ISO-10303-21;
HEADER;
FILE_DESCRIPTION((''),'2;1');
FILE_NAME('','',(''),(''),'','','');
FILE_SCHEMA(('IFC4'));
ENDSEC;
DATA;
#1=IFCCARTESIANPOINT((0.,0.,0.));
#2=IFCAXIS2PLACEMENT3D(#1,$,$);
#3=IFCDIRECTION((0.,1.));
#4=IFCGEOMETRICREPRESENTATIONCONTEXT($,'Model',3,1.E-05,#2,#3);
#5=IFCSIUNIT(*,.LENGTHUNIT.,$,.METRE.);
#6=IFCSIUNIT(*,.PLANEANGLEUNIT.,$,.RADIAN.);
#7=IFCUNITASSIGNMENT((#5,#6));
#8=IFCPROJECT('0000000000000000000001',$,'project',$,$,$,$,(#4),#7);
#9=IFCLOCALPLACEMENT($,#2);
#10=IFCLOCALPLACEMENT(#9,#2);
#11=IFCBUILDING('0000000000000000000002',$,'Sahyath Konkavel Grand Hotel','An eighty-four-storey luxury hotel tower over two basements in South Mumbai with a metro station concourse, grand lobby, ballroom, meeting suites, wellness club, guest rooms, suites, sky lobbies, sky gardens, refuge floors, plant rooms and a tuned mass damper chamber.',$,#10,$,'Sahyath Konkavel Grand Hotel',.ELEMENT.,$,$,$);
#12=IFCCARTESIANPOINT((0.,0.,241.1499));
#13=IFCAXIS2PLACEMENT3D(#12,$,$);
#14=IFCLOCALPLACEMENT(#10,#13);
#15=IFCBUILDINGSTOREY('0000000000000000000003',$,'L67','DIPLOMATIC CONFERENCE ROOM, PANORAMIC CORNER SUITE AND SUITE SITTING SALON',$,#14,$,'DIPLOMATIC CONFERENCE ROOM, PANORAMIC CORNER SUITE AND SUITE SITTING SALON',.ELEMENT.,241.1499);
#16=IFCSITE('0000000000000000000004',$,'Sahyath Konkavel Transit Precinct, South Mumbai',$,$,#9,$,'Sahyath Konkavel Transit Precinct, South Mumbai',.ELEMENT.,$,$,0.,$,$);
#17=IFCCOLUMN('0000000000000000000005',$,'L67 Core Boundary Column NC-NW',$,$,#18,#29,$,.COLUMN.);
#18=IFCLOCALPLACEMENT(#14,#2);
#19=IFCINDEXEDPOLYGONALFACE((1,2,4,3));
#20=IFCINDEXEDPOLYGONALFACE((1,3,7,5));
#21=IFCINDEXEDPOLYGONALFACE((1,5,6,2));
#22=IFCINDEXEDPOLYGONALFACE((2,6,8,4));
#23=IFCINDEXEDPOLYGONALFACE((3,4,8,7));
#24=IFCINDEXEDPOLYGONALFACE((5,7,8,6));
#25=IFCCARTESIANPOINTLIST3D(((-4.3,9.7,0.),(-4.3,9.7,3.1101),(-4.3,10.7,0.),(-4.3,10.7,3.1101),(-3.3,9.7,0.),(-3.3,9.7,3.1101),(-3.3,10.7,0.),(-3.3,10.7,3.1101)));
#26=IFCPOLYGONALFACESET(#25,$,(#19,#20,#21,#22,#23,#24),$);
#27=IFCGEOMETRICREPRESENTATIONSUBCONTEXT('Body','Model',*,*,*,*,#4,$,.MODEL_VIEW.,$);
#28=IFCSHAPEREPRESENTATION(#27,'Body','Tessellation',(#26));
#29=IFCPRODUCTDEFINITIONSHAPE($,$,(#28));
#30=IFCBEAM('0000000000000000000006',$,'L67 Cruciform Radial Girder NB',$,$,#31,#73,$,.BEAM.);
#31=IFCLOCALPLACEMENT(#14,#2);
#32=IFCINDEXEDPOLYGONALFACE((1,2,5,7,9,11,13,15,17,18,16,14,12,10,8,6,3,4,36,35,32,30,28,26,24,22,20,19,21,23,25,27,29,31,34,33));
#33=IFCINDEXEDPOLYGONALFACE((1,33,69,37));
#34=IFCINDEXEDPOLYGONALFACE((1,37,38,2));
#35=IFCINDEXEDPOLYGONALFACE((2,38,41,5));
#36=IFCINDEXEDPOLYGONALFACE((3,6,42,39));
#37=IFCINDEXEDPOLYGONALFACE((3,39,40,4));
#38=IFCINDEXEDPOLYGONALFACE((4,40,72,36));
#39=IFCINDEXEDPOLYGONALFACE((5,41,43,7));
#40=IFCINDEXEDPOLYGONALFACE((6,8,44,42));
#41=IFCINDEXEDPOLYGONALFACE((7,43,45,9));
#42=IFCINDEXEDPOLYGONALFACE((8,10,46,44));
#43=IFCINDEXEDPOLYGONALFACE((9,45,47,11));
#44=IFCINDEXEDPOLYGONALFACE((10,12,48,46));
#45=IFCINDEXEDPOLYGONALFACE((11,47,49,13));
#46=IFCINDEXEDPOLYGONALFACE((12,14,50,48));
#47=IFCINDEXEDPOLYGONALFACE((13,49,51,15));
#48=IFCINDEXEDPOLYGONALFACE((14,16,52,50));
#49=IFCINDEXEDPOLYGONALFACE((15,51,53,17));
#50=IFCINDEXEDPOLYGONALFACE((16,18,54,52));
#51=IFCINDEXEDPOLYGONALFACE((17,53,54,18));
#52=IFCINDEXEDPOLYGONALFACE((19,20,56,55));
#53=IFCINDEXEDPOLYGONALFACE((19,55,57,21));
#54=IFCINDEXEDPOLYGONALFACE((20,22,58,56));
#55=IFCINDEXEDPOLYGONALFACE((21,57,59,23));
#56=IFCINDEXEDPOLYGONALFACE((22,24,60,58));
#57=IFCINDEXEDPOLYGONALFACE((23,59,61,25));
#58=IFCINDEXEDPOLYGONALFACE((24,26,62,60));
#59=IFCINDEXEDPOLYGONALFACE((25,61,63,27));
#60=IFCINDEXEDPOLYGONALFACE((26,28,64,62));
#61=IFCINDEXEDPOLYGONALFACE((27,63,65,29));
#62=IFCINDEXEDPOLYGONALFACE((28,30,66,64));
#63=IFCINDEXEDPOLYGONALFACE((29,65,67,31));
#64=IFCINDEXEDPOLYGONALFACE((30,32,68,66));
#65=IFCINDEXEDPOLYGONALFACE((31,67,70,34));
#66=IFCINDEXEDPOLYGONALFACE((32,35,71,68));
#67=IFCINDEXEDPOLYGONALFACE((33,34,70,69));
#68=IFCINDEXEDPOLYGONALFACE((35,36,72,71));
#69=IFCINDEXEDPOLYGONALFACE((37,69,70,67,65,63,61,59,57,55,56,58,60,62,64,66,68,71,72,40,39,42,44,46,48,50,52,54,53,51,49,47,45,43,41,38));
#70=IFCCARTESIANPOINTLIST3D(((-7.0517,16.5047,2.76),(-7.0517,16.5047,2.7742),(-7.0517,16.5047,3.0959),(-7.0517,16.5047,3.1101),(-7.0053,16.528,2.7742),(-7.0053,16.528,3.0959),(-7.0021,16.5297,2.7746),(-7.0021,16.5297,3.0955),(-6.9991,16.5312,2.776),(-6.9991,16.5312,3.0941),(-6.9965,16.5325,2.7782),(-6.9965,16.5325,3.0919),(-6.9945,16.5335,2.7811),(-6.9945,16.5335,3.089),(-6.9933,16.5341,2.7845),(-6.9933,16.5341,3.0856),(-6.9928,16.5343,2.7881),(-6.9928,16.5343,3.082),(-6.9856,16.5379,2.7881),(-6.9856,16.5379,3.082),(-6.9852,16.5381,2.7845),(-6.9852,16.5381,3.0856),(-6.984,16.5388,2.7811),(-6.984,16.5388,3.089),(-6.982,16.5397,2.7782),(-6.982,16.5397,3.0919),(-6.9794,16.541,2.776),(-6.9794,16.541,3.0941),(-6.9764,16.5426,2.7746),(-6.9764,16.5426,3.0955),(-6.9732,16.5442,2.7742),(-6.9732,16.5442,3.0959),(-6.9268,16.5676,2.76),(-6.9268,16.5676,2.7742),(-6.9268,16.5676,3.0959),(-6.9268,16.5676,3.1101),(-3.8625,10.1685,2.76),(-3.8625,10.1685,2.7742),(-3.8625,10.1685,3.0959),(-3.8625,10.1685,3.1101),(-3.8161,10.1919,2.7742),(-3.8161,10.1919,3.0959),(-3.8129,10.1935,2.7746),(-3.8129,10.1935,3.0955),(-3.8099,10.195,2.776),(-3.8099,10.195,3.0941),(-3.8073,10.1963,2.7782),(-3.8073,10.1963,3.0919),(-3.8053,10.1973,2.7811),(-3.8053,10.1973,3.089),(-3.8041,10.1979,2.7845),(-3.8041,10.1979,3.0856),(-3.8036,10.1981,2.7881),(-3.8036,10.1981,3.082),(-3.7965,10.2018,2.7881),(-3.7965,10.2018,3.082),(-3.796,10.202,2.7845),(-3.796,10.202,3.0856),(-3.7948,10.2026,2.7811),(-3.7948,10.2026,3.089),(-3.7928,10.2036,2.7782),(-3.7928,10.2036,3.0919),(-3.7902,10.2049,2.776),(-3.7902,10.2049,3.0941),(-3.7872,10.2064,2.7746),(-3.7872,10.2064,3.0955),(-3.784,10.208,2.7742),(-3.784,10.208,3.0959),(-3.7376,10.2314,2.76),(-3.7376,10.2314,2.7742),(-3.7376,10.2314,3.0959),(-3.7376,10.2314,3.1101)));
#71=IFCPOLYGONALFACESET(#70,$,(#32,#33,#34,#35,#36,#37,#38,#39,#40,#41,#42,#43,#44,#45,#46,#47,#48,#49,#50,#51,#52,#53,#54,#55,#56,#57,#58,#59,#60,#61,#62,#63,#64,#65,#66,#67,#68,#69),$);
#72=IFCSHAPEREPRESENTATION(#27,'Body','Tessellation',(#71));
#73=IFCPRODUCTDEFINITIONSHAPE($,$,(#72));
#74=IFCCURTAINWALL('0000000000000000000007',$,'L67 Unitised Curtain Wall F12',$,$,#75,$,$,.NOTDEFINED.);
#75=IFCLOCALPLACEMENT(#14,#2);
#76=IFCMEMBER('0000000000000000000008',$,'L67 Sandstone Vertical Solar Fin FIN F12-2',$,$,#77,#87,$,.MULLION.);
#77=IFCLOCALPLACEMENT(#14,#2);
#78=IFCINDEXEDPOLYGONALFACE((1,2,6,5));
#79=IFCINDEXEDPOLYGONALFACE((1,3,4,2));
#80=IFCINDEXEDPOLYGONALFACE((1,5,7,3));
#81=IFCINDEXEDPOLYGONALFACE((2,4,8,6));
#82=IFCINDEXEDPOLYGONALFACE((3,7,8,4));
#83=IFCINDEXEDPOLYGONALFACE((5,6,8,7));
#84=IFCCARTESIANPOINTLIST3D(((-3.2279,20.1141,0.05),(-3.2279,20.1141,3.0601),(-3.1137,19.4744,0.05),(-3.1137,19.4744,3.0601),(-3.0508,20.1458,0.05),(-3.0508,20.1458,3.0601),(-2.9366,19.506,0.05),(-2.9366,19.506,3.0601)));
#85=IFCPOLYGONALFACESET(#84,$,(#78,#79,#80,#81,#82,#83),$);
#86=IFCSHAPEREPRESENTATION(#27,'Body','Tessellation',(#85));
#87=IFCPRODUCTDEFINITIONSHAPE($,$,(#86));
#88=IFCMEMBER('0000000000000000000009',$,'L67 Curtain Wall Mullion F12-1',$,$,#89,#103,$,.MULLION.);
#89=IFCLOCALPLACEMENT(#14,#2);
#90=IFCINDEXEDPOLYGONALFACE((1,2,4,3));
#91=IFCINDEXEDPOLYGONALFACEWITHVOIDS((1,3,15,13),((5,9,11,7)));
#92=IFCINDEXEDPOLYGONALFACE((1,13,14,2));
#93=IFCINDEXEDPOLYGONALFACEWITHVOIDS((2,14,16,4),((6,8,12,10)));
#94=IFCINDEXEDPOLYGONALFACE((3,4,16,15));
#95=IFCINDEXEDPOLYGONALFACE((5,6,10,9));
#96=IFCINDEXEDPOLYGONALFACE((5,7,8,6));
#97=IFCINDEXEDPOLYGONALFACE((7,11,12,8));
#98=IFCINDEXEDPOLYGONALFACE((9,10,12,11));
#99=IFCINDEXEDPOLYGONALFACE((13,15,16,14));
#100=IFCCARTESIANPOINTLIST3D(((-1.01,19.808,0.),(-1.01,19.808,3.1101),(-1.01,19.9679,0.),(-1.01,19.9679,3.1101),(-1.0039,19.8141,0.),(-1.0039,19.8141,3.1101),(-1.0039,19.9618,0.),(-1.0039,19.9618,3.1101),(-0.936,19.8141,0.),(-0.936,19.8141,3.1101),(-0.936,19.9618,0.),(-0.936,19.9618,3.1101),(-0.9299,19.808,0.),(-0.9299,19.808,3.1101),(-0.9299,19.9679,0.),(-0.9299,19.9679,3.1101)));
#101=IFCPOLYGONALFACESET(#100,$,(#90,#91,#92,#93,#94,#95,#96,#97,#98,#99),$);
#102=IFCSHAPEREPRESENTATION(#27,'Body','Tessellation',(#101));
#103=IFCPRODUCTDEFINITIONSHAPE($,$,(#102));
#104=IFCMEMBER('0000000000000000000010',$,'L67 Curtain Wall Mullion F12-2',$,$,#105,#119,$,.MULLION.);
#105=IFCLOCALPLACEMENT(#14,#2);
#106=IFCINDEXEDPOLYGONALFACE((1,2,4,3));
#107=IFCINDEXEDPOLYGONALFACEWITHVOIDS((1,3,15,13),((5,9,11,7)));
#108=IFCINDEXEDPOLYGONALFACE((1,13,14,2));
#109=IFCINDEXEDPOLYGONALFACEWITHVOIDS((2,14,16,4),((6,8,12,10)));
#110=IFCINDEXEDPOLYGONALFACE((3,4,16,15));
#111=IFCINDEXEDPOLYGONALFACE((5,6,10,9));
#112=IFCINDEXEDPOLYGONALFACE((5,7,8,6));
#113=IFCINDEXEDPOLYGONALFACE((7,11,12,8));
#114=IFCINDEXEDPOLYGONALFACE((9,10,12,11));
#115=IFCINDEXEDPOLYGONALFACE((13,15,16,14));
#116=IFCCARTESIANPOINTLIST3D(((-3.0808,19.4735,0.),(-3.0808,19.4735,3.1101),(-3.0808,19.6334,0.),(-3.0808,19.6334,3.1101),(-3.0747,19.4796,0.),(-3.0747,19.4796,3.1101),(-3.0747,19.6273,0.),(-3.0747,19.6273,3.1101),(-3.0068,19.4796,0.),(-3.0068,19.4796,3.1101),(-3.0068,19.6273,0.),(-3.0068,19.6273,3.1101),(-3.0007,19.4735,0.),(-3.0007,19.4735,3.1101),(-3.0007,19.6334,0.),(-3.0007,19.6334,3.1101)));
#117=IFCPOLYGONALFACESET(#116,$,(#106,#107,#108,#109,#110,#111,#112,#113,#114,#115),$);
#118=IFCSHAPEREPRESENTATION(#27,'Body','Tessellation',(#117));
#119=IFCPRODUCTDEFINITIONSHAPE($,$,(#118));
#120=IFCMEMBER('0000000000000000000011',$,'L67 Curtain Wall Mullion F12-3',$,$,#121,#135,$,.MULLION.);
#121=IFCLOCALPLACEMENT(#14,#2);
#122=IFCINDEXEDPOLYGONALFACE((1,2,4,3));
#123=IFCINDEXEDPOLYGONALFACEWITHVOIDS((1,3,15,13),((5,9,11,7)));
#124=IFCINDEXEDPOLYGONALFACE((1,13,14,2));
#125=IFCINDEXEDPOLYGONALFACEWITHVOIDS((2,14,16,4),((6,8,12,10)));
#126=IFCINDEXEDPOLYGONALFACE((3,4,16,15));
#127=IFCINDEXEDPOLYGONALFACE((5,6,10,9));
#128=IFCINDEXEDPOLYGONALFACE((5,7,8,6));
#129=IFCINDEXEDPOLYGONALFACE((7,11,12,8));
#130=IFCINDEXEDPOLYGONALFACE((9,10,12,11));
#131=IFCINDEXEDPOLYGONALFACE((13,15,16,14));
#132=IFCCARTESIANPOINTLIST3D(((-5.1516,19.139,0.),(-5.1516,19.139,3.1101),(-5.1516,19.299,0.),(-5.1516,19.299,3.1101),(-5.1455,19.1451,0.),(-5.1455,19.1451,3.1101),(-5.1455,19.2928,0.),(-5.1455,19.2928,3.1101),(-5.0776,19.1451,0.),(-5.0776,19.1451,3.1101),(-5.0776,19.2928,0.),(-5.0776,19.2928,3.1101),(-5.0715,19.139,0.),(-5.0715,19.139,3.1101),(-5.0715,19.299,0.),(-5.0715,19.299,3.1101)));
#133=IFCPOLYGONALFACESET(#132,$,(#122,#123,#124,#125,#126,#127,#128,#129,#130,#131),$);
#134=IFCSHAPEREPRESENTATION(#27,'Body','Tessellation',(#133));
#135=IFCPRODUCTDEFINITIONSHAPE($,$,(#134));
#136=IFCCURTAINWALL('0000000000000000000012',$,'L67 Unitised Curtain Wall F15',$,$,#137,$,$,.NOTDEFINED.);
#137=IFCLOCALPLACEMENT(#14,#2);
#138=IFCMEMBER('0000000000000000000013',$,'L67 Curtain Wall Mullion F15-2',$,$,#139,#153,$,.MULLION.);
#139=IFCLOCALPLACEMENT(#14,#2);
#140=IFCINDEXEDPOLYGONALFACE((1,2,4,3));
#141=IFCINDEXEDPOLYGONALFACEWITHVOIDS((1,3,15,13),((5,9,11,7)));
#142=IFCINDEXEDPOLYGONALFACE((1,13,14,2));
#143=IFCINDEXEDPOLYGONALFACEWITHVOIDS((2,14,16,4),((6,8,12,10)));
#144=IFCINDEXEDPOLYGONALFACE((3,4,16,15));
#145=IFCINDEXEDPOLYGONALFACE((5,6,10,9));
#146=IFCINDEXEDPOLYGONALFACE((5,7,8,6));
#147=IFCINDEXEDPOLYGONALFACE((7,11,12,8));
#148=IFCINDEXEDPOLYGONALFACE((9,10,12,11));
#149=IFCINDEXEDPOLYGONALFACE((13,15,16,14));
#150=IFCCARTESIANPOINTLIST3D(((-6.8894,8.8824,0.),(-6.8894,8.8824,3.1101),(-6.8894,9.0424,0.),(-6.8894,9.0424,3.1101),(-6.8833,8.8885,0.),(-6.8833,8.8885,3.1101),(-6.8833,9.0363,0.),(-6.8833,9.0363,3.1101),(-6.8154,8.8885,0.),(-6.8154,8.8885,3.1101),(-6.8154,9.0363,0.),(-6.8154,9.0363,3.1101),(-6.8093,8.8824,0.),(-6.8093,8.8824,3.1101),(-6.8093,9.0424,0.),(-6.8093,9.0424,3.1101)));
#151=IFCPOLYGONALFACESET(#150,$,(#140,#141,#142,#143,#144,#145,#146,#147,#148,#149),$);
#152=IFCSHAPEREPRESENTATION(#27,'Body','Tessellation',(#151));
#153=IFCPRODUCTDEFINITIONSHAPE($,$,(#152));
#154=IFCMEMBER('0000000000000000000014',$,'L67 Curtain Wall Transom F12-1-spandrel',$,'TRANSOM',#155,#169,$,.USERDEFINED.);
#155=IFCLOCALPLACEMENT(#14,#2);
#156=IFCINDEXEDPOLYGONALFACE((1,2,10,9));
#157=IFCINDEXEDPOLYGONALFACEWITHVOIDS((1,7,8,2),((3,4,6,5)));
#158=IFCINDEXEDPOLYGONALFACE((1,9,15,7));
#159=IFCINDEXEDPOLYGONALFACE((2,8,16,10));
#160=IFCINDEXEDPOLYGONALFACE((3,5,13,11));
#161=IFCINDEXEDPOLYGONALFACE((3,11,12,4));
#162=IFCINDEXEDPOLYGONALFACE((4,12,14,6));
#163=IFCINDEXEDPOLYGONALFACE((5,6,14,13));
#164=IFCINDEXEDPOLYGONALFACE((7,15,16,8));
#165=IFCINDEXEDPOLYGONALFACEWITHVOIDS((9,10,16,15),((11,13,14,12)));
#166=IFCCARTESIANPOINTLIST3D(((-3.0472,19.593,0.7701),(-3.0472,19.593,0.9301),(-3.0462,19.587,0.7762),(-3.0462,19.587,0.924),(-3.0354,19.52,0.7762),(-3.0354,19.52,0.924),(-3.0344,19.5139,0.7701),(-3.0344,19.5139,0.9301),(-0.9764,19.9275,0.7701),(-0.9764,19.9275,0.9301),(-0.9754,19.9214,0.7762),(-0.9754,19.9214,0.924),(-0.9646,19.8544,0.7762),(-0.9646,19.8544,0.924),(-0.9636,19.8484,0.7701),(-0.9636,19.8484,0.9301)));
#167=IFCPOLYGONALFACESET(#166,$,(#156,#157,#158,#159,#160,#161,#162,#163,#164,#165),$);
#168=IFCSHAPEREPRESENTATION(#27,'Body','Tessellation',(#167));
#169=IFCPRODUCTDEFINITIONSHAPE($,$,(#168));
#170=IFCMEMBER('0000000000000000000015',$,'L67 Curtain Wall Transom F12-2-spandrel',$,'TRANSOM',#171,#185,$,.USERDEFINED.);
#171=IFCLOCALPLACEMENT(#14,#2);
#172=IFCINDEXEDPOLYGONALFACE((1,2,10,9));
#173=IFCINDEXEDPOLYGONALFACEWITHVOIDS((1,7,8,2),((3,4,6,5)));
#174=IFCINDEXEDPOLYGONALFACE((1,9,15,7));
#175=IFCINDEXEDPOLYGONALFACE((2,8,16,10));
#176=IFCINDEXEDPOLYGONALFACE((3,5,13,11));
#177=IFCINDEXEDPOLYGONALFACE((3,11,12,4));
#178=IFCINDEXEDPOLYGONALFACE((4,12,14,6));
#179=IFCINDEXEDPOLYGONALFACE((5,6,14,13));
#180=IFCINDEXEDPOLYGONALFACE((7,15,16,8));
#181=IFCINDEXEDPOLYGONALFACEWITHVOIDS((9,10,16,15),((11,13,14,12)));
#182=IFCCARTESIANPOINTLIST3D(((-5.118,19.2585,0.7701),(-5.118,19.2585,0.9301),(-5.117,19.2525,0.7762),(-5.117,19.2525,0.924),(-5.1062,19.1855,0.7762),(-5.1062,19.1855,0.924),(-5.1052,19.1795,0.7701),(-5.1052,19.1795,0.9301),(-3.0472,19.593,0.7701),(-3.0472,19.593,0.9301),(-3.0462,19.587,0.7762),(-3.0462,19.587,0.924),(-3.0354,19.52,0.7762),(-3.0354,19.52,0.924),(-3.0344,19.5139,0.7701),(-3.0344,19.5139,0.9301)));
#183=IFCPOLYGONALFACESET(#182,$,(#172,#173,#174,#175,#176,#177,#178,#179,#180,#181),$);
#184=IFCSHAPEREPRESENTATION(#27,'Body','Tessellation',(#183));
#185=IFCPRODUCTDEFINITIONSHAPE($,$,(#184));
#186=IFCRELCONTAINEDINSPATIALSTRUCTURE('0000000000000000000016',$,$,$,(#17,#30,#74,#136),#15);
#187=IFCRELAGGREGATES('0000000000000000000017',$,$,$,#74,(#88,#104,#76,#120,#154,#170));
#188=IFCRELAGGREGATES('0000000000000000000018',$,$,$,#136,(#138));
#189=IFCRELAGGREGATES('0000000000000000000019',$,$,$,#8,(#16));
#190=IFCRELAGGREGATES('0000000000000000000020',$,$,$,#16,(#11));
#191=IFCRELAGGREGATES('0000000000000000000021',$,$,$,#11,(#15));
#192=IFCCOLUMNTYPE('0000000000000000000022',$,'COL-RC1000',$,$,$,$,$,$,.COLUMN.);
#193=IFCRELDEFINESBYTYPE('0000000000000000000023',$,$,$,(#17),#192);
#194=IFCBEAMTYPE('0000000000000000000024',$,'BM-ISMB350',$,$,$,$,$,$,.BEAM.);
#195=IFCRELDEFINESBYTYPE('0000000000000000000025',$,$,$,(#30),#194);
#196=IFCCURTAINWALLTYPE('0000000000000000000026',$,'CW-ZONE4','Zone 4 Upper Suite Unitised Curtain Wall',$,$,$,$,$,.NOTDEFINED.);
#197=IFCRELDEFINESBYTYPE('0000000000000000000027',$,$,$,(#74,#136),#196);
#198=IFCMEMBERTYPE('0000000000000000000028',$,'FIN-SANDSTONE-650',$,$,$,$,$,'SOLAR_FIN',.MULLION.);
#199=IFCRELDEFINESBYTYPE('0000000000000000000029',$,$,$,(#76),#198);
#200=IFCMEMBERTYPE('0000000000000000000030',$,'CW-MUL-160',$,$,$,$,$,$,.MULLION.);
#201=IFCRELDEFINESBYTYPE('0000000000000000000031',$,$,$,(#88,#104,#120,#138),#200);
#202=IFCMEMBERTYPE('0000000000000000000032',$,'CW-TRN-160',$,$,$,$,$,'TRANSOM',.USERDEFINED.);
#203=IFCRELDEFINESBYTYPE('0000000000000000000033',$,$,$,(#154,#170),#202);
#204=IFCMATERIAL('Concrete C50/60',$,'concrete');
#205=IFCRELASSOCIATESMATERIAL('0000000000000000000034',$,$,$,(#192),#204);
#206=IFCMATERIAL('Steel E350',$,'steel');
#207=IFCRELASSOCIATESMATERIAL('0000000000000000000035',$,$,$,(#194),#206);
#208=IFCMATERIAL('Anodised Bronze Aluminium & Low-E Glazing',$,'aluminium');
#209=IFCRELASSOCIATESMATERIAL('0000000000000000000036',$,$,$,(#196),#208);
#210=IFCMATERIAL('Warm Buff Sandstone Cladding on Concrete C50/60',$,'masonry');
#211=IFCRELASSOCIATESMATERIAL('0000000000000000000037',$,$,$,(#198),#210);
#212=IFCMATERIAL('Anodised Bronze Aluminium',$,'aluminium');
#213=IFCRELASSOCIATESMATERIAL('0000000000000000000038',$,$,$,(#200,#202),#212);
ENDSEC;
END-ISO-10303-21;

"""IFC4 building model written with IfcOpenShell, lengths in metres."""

from ifc_helpers import new_model, si_unit, direction, frame, origin, origin_2d, place, context, subcontext, project, spatial, rectangle, hollow_rectangle, i_section, extrude, source, transform, mapped, material, material_profile, profile_set, type_object, element, aggregate, save


model = new_model("IFC4")

# Units and contexts
model_context = context("Model", 3, precision=1e-05, world=origin(), true_north=direction((0.0, 1.0)))
body_context = subcontext(model_context, "Body", "Model", "MODEL_VIEW")
ifc_project = project(units=[si_unit("LENGTHUNIT", "METRE"), si_unit("PLANEANGLEUNIT", "RADIAN")], contexts=[model_context])

# Site, building, storey
site_placement = place(None, origin())
site = spatial("IfcSite", under=ifc_project, at=site_placement, Name="Sahyath Konkavel Transit Precinct, South Mumbai", LongName="Sahyath Konkavel Transit Precinct, South Mumbai", CompositionType="ELEMENT", RefElevation=0.0)
building_placement = place(site_placement, origin())
building = spatial("IfcBuilding", under=site, at=building_placement, Name="Sahyath Konkavel Grand Hotel", Description="An eighty-four-storey luxury hotel tower over two basements in South Mumbai with a metro station concourse, grand lobby, ballroom, meeting suites, wellness club, guest rooms, suites, sky lobbies, sky gardens, refuge floors, plant rooms and a tuned mass damper chamber.", LongName="Sahyath Konkavel Grand Hotel", CompositionType="ELEMENT")
storey_placement = place(building_placement, frame((0.0, 0.0, 241.1499)))
storey = spatial("IfcBuildingStorey", under=building, at=storey_placement, Name="L67", Description="DIPLOMATIC CONFERENCE ROOM, PANORAMIC CORNER SUITE AND SUITE SITTING SALON", LongName="DIPLOMATIC CONFERENCE ROOM, PANORAMIC CORNER SUITE AND SUITE SITTING SALON", CompositionType="ELEMENT", Elevation=241.1499)

# Column
ifc_material_1 = material(Name="Concrete C50/60", Category="concrete")
ifc_material_profile_1 = material_profile(ifc_material_1, rectangle(XDim=1.0, YDim=1.0, at=origin_2d()), Name="RC 1000x1000")
ifc_profile_set_1 = profile_set([ifc_material_profile_1], Name="Concrete C50/60")
column_type = type_object("IfcColumnType", Name="COL-RC1000", PredefinedType="COLUMN", material=ifc_profile_set_1)
shared_shape_1 = source(origin(), body_context, "Body", "SweptSolid", [
    extrude(rectangle(XDim=1.0, YDim=1.0, at=origin_2d()), origin(), (0.0, 0.0, 1.0), 3.1101),
])
column_placement = place(storey_placement, frame((-3.8, 10.2, 0.0), z_axis=(0.0, 0.0, 1.0), x_axis=(1.0, 0.0, 0.0)))
element("IfcColumn", 1, at=column_placement, inside=storey, type_object=column_type, Name="L67 Core Boundary Column NC-NW", PredefinedType="COLUMN", context=body_context, shape_type="MappedRepresentation", body=[
    mapped(shared_shape_1, transform((0.0, 0.0, 0.0), scale=1.0)),
])

# Beam
ifc_material_2 = material(Name="Steel E350", Category="steel")
ifc_material_profile_2 = material_profile(ifc_material_2, i_section(OverallWidth=0.1399, OverallDepth=0.3501, WebThickness=0.0081, FlangeThickness=0.0142, FilletRadius=0.0139, at=origin_2d()), Name="ISMB 350")
ifc_profile_set_2 = profile_set([ifc_material_profile_2], Name="Steel E350")
beam_type_1 = type_object("IfcBeamType", Name="BM-ISMB350", PredefinedType="BEAM", material=ifc_profile_set_2)
shared_shape_2 = source(origin(), body_context, "Body", "SweptSolid", [
    extrude(i_section(OverallWidth=0.1399, OverallDepth=0.3501, WebThickness=0.0081, FlangeThickness=0.0142, FilletRadius=0.0139, at=origin_2d()), origin(), (0.0, 0.0, 1.0), 7.0935),
])
beam_1_placement = place(storey_placement, frame((-3.8, 10.2, 2.9351), z_axis=(-0.449594, 0.893233, 0.0), x_axis=(-0.893233, -0.449594, 0.0)))
element("IfcBeam", 2, at=beam_1_placement, inside=storey, type_object=beam_type_1, Name="L67 Cruciform Radial Girder NB", PredefinedType="BEAM", context=body_context, shape_type="MappedRepresentation", body=[
    mapped(shared_shape_2, transform((0.0, 0.0, 0.0), scale=1.0)),
])

# Curtain wall, members
ifc_material_3 = material(Name="Anodised Bronze Aluminium & Low-E Glazing", Category="aluminium")
curtain_wall_type = type_object("IfcCurtainWallType", Name="CW-ZONE4", Description="Zone 4 Upper Suite Unitised Curtain Wall", PredefinedType="NOTDEFINED", material=ifc_material_3)
curtain_wall_1_placement = place(storey_placement, origin())
curtain_wall_1 = element("IfcCurtainWall", 3, at=curtain_wall_1_placement, inside=storey, type_object=curtain_wall_type, Name="L67 Unitised Curtain Wall F12", PredefinedType="NOTDEFINED")
ifc_material_4 = material(Name="Warm Buff Sandstone Cladding on Concrete C50/60", Category="masonry")
ifc_material_profile_3 = material_profile(ifc_material_4, rectangle(XDim=0.1799, YDim=0.6499, at=origin_2d()), Name="FIN 180x650")
ifc_profile_set_3 = profile_set([ifc_material_profile_3], Name="Warm Buff Sandstone Cladding on Concrete C50/60")
member_type_1 = type_object("IfcMemberType", Name="FIN-SANDSTONE-650", ElementType="SOLAR_FIN", PredefinedType="MULLION", material=ifc_profile_set_3)
shared_shape_3 = source(origin(), body_context, "Body", "SweptSolid", [
    extrude(rectangle(XDim=0.1799, YDim=0.6499, at=origin_2d()), origin(), (0.0, 0.0, 1.0), 3.01),
])
member_1_placement = place(storey_placement, frame((-3.0823, 19.8101, 0.05), z_axis=(0.0, 0.0, 1.0), x_axis=(0.984442, 0.17571, 0.0)))
member_1 = element("IfcMember", 4, at=member_1_placement, type_object=member_type_1, Name="L67 Sandstone Vertical Solar Fin FIN F12-2", PredefinedType="MULLION", context=body_context, shape_type="MappedRepresentation", body=[
    mapped(shared_shape_3, transform((0.0, 0.0, 0.0), scale=1.0)),
])
ifc_material_5 = material(Name="Anodised Bronze Aluminium", Category="aluminium")
ifc_material_profile_4 = material_profile(ifc_material_5, hollow_rectangle(XDim=0.0801, YDim=0.1599, WallThickness=0.0061, at=origin_2d()), Name="RHS 160x80x6")
ifc_profile_set_4 = profile_set([ifc_material_profile_4], Name="Anodised Bronze Aluminium")
member_type_2 = type_object("IfcMemberType", Name="CW-MUL-160", PredefinedType="MULLION", material=ifc_profile_set_4)
shared_shape_4 = source(origin(), body_context, "Body", "SweptSolid", [
    extrude(hollow_rectangle(XDim=0.0801, YDim=0.1599, WallThickness=0.0061, at=origin_2d()), origin(), (0.0, 0.0, 1.0), 3.1101),
])
member_2_placement = place(storey_placement, frame((-0.97, 19.8879, 0.0), z_axis=(0.0, 0.0, 1.0), x_axis=(1.0, 0.0, 0.0)))
member_2 = element("IfcMember", 5, at=member_2_placement, type_object=member_type_2, Name="L67 Curtain Wall Mullion F12-1", PredefinedType="MULLION", context=body_context, shape_type="MappedRepresentation", body=[
    mapped(shared_shape_4, transform((0.0, 0.0, 0.0), scale=1.0)),
])
member_3_placement = place(storey_placement, frame((-3.0408, 19.5535, 0.0), z_axis=(0.0, 0.0, 1.0), x_axis=(1.0, 0.0, 0.0)))
member_3 = element("IfcMember", 6, at=member_3_placement, type_object=member_type_2, Name="L67 Curtain Wall Mullion F12-2", PredefinedType="MULLION", context=body_context, shape_type="MappedRepresentation", body=[
    mapped(shared_shape_4, transform((0.0, 0.0, 0.0), scale=1.0)),
])
member_4_placement = place(storey_placement, frame((-5.1116, 19.219, 0.0), z_axis=(0.0, 0.0, 1.0), x_axis=(1.0, 0.0, 0.0)))
member_4 = element("IfcMember", 7, at=member_4_placement, type_object=member_type_2, Name="L67 Curtain Wall Mullion F12-3", PredefinedType="MULLION", context=body_context, shape_type="MappedRepresentation", body=[
    mapped(shared_shape_4, transform((0.0, 0.0, 0.0), scale=1.0)),
])

# Curtain wall, member
curtain_wall_2_placement = place(storey_placement, origin())
curtain_wall_2 = element("IfcCurtainWall", 8, at=curtain_wall_2_placement, inside=storey, type_object=curtain_wall_type, Name="L67 Unitised Curtain Wall F15", PredefinedType="NOTDEFINED")
member_5_placement = place(storey_placement, frame((-6.8494, 8.9624, 0.0), z_axis=(0.0, 0.0, 1.0), x_axis=(1.0, 0.0, 0.0)))
member_5 = element("IfcMember", 9, at=member_5_placement, type_object=member_type_2, Name="L67 Curtain Wall Mullion F15-2", PredefinedType="MULLION", context=body_context, shape_type="MappedRepresentation", body=[
    mapped(shared_shape_4, transform((0.0, 0.0, 0.0), scale=1.0)),
])

# Members
ifc_material_profile_5 = material_profile(ifc_material_5, hollow_rectangle(XDim=0.0801, YDim=0.1599, WallThickness=0.0061, at=origin_2d()), Name="RHS 160x80x6")
ifc_profile_set_5 = profile_set([ifc_material_profile_5], Name="Anodised Bronze Aluminium")
member_type_3 = type_object("IfcMemberType", Name="CW-TRN-160", ElementType="TRANSOM", PredefinedType="USERDEFINED", material=ifc_profile_set_5)
shared_shape_5 = source(origin(), body_context, "Body", "SweptSolid", [
    extrude(hollow_rectangle(XDim=0.0801, YDim=0.1599, WallThickness=0.0061, at=origin_2d()), origin(), (0.0, 0.0, 1.0), 2.0977),
])
member_6_placement = place(storey_placement, frame((-0.97, 19.8879, 0.8501), z_axis=(-0.987206, -0.159452, 0.0), x_axis=(0.159452, -0.987206, 0.0)))
member_6 = element("IfcMember", 10, at=member_6_placement, type_object=member_type_3, Name="L67 Curtain Wall Transom F12-1-spandrel", ObjectType="TRANSOM", PredefinedType="USERDEFINED", context=body_context, shape_type="MappedRepresentation", body=[
    mapped(shared_shape_5, transform((0.0, 0.0, 0.0), scale=1.0)),
])
member_7_placement = place(storey_placement, frame((-3.0408, 19.5535, 0.8501), z_axis=(-0.987206, -0.159452, 0.0), x_axis=(0.159452, -0.987206, 0.0)))
member_7 = element("IfcMember", 11, at=member_7_placement, type_object=member_type_3, Name="L67 Curtain Wall Transom F12-2-spandrel", ObjectType="TRANSOM", PredefinedType="USERDEFINED", context=body_context, shape_type="MappedRepresentation", body=[
    mapped(shared_shape_5, transform((0.0, 0.0, 0.0), scale=1.0)),
])

aggregate(curtain_wall_1, [member_2, member_3, member_1, member_4, member_6, member_7])
aggregate(curtain_wall_2, [member_5])

save(model, "model.ifc")
